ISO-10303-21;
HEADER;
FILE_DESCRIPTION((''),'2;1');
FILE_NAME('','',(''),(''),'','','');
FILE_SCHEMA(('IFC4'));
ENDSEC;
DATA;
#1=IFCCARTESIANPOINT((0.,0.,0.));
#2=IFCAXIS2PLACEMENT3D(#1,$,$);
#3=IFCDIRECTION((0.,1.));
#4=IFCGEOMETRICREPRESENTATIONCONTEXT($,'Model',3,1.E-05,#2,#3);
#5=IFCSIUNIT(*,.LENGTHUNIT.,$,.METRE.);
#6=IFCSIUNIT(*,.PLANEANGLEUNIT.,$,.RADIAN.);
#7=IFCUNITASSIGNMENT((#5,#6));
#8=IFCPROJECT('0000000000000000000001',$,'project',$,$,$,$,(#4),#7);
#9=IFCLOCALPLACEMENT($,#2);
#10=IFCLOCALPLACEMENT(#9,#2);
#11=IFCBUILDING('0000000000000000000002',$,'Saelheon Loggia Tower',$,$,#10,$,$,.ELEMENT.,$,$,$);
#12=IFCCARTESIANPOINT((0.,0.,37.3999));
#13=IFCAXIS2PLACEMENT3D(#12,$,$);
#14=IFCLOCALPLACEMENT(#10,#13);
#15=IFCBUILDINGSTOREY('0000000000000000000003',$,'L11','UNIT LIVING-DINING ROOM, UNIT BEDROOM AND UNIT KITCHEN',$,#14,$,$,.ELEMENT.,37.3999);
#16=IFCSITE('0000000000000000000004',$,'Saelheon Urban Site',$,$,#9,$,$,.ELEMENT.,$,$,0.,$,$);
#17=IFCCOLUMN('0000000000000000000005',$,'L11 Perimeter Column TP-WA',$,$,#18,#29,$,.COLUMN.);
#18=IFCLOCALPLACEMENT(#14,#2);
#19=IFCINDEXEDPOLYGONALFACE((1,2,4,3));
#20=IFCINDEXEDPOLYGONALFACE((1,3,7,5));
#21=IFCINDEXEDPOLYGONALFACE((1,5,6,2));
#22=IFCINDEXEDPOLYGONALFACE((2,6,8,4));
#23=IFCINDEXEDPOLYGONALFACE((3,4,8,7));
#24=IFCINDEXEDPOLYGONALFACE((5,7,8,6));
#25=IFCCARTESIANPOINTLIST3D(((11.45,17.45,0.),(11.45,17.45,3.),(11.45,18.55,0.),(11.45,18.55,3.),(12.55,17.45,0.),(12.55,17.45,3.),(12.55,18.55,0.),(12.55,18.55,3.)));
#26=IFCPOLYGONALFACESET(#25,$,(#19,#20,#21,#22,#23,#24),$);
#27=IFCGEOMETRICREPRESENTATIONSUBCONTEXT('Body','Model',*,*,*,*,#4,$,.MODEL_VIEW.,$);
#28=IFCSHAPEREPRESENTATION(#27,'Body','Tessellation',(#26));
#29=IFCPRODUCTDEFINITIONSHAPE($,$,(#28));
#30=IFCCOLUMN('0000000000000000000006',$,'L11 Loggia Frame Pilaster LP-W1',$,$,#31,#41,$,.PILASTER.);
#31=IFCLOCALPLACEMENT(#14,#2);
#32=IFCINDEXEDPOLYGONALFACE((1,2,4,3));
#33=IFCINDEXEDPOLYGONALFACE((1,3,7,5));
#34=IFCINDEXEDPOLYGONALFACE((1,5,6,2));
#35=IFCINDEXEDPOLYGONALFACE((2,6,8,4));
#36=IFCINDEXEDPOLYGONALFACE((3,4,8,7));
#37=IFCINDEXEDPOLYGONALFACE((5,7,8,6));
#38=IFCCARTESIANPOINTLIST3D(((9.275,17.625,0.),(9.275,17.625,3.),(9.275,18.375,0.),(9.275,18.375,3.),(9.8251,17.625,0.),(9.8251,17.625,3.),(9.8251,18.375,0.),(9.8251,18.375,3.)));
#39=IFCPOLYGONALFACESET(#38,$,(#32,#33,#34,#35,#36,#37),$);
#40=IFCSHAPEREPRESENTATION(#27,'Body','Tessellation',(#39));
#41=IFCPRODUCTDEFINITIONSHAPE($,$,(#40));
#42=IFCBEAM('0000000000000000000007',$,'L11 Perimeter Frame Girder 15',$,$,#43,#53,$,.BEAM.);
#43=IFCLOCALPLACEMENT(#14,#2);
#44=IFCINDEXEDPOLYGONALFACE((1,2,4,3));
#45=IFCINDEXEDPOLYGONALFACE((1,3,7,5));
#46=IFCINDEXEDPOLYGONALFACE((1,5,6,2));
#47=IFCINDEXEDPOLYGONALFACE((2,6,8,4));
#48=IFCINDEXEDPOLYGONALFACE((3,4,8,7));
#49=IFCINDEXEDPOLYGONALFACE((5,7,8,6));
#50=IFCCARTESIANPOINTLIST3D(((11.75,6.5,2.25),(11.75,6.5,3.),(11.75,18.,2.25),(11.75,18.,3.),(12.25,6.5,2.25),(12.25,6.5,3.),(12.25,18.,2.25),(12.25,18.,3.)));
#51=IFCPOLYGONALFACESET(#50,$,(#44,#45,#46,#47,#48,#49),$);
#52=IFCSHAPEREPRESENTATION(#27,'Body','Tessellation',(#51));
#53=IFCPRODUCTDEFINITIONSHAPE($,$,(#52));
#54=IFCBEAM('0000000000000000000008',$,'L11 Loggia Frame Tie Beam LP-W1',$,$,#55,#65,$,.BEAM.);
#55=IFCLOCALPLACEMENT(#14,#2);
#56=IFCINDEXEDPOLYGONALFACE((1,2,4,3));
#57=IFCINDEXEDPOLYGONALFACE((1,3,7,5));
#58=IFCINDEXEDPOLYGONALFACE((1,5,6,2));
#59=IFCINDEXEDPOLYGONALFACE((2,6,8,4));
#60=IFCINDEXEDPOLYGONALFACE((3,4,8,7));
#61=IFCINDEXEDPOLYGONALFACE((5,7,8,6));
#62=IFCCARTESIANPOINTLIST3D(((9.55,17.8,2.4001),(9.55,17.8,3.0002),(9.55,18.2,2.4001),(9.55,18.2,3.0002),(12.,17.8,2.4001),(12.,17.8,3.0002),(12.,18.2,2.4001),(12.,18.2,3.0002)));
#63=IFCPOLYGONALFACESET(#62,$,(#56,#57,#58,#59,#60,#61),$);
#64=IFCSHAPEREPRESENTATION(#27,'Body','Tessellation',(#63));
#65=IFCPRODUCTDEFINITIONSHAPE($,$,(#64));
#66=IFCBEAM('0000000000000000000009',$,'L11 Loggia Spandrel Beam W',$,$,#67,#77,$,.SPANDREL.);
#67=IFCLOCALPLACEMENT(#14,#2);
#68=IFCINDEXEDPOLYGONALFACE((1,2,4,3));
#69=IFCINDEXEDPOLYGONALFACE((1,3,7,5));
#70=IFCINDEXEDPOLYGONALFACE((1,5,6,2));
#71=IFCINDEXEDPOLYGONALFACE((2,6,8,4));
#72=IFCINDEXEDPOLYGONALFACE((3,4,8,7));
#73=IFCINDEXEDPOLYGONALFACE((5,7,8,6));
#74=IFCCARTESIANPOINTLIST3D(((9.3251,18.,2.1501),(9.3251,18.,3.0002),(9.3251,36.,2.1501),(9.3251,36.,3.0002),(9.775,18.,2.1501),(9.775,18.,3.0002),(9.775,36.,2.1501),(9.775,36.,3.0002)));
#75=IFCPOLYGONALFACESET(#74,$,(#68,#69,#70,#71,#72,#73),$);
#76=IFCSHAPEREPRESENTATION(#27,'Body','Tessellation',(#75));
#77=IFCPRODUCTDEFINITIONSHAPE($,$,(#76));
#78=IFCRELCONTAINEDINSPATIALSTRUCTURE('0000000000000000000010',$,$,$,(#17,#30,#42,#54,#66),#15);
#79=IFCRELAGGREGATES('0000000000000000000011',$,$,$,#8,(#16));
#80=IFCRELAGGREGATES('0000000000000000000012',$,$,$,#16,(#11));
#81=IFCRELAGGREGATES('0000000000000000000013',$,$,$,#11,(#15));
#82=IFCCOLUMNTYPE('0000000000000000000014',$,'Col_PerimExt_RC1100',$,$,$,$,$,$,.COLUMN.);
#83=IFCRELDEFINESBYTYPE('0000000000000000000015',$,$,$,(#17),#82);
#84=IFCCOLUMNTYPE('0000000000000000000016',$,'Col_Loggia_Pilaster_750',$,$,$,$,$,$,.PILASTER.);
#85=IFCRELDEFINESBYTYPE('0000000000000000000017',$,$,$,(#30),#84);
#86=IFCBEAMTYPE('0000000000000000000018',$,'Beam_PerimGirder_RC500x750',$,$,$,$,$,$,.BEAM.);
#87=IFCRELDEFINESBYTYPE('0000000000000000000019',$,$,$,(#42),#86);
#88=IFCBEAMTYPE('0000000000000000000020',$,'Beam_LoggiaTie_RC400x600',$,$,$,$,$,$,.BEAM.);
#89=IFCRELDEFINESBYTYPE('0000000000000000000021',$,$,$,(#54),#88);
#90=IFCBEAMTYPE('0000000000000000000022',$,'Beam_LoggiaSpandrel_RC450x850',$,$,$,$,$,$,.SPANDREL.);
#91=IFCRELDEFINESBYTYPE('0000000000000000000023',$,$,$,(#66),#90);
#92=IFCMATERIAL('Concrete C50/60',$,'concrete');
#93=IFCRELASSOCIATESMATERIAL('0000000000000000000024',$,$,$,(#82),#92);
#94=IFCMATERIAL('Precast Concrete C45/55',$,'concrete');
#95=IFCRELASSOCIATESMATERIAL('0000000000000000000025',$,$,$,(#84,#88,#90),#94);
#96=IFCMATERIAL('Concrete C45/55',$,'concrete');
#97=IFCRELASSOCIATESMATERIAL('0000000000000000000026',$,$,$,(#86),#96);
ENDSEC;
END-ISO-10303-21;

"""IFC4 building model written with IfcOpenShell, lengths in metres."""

from ifc_helpers import new_model, si_unit, direction, frame, origin, origin_2d, place, context, subcontext, project, spatial, rectangle, extrude, source, transform, mapped, material, material_profile, profile_set, type_object, element, save


model = new_model("IFC4")

# Units and contexts
model_context = context("Model", 3, precision=1e-05, world=origin(), true_north=direction((0.0, 1.0)))
body_context = subcontext(model_context, "Body", "Model", "MODEL_VIEW")
ifc_project = project(units=[si_unit("LENGTHUNIT", "METRE"), si_unit("PLANEANGLEUNIT", "RADIAN")], contexts=[model_context])

# Site, building, storey
site_placement = place(None, origin())
site = spatial("IfcSite", under=ifc_project, at=site_placement, Name="Saelheon Urban Site", CompositionType="ELEMENT", RefElevation=0.0)
building_placement = place(site_placement, origin())
building = spatial("IfcBuilding", under=site, at=building_placement, Name="Saelheon Loggia Tower", CompositionType="ELEMENT")
storey_placement = place(building_placement, frame((0.0, 0.0, 37.3999)))
storey = spatial("IfcBuildingStorey", under=building, at=storey_placement, Name="L11", Description="UNIT LIVING-DINING ROOM, UNIT BEDROOM AND UNIT KITCHEN", CompositionType="ELEMENT", Elevation=37.3999)

# Columns
ifc_material_1 = material(Name="Concrete C50/60", Category="concrete")
ifc_material_profile_1 = material_profile(ifc_material_1, rectangle(XDim=1.1001, YDim=1.1001, at=origin_2d()), Name="RC-1100x1100")
ifc_profile_set_1 = profile_set([ifc_material_profile_1], Name="Concrete C50/60")
column_type_1 = type_object("IfcColumnType", Name="Col_PerimExt_RC1100", PredefinedType="COLUMN", material=ifc_profile_set_1)
shared_shape_1 = source(origin(), body_context, "Body", "SweptSolid", [
    extrude(rectangle(XDim=1.1001, YDim=1.1001, at=origin_2d()), origin(), (0.0, 0.0, 1.0), 3.0),
])
column_1_placement = place(storey_placement, frame((12.0, 18.0, 0.0), z_axis=(0.0, 0.0, 1.0), x_axis=(1.0, 0.0, 0.0)))
element("IfcColumn", 1, at=column_1_placement, inside=storey, type_object=column_type_1, Name="L11 Perimeter Column TP-WA", PredefinedType="COLUMN", context=body_context, shape_type="MappedRepresentation", body=[
    mapped(shared_shape_1, transform((0.0, 0.0, 0.0), scale=1.0)),
])
ifc_material_2 = material(Name="Precast Concrete C45/55", Category="concrete")
ifc_material_profile_2 = material_profile(ifc_material_2, rectangle(XDim=0.55, YDim=0.75, at=origin_2d()), Name="RC-550x750")
ifc_profile_set_2 = profile_set([ifc_material_profile_2], Name="Precast Concrete C45/55")
column_type_2 = type_object("IfcColumnType", Name="Col_Loggia_Pilaster_750", PredefinedType="PILASTER", material=ifc_profile_set_2)
shared_shape_2 = source(origin(), body_context, "Body", "SweptSolid", [
    extrude(rectangle(XDim=0.55, YDim=0.75, at=origin_2d()), origin(), (0.0, 0.0, 1.0), 3.0),
])
column_2_placement = place(storey_placement, frame((9.55, 18.0, 0.0), z_axis=(0.0, 0.0, 1.0), x_axis=(1.0, 0.0, 0.0)))
element("IfcColumn", 2, at=column_2_placement, inside=storey, type_object=column_type_2, Name="L11 Loggia Frame Pilaster LP-W1", PredefinedType="PILASTER", context=body_context, shape_type="MappedRepresentation", body=[
    mapped(shared_shape_2, transform((0.0, 0.0, 0.0), scale=1.0)),
])

# Beams
ifc_material_3 = material(Name="Concrete C45/55", Category="concrete")
ifc_material_profile_3 = material_profile(ifc_material_3, rectangle(XDim=0.5, YDim=0.75, at=origin_2d()), Name="RC-500x750")
ifc_profile_set_3 = profile_set([ifc_material_profile_3], Name="Concrete C45/55")
beam_type_1 = type_object("IfcBeamType", Name="Beam_PerimGirder_RC500x750", PredefinedType="BEAM", material=ifc_profile_set_3)
shared_shape_3 = source(origin(), body_context, "Body", "SweptSolid", [
    extrude(rectangle(XDim=0.5, YDim=0.75, at=origin_2d()), origin(), (0.0, 0.0, 1.0), 11.5),
])
beam_1_placement = place(storey_placement, frame((12.0, 18.0, 2.625), z_axis=(0.0, -1.0, 0.0), x_axis=(1.0, 0.0, 0.0)))
element("IfcBeam", 3, at=beam_1_placement, inside=storey, type_object=beam_type_1, Name="L11 Perimeter Frame Girder 15", PredefinedType="BEAM", context=body_context, shape_type="MappedRepresentation", body=[
    mapped(shared_shape_3, transform((0.0, 0.0, 0.0), scale=1.0)),
])
ifc_material_profile_4 = material_profile(ifc_material_2, rectangle(XDim=0.3999, YDim=0.6001, at=origin_2d()), Name="RC-400x600")
ifc_profile_set_4 = profile_set([ifc_material_profile_4], Name="Precast Concrete C45/55")
beam_type_2 = type_object("IfcBeamType", Name="Beam_LoggiaTie_RC400x600", PredefinedType="BEAM", material=ifc_profile_set_4)
shared_shape_4 = source(origin(), body_context, "Body", "SweptSolid", [
    extrude(rectangle(XDim=0.3999, YDim=0.6001, at=origin_2d()), origin(), (0.0, 0.0, 1.0), 2.45),
])
beam_2_placement = place(storey_placement, frame((12.0, 18.0, 2.7002), z_axis=(-1.0, 0.0, 0.0), x_axis=(0.0, -1.0, 0.0)))
element("IfcBeam", 4, at=beam_2_placement, inside=storey, type_object=beam_type_2, Name="L11 Loggia Frame Tie Beam LP-W1", PredefinedType="BEAM", context=body_context, shape_type="MappedRepresentation", body=[
    mapped(shared_shape_4, transform((0.0, 0.0, 0.0), scale=1.0)),
])
ifc_material_profile_5 = material_profile(ifc_material_2, rectangle(XDim=0.45, YDim=0.8501, at=origin_2d()), Name="RC-450x850")
ifc_profile_set_5 = profile_set([ifc_material_profile_5], Name="Precast Concrete C45/55")
beam_type_3 = type_object("IfcBeamType", Name="Beam_LoggiaSpandrel_RC450x850", PredefinedType="SPANDREL", material=ifc_profile_set_5)
shared_shape_5 = source(origin(), body_context, "Body", "SweptSolid", [
    extrude(rectangle(XDim=0.45, YDim=0.8501, at=origin_2d()), origin(), (0.0, 0.0, 1.0), 18.0),
])
beam_3_placement = place(storey_placement, frame((9.55, 18.0, 2.5752), z_axis=(0.0, 1.0, 0.0), x_axis=(-1.0, 0.0, 0.0)))
element("IfcBeam", 5, at=beam_3_placement, inside=storey, type_object=beam_type_3, Name="L11 Loggia Spandrel Beam W", PredefinedType="SPANDREL", context=body_context, shape_type="MappedRepresentation", body=[
    mapped(shared_shape_5, transform((0.0, 0.0, 0.0), scale=1.0)),
])

save(model, "model.ifc")
